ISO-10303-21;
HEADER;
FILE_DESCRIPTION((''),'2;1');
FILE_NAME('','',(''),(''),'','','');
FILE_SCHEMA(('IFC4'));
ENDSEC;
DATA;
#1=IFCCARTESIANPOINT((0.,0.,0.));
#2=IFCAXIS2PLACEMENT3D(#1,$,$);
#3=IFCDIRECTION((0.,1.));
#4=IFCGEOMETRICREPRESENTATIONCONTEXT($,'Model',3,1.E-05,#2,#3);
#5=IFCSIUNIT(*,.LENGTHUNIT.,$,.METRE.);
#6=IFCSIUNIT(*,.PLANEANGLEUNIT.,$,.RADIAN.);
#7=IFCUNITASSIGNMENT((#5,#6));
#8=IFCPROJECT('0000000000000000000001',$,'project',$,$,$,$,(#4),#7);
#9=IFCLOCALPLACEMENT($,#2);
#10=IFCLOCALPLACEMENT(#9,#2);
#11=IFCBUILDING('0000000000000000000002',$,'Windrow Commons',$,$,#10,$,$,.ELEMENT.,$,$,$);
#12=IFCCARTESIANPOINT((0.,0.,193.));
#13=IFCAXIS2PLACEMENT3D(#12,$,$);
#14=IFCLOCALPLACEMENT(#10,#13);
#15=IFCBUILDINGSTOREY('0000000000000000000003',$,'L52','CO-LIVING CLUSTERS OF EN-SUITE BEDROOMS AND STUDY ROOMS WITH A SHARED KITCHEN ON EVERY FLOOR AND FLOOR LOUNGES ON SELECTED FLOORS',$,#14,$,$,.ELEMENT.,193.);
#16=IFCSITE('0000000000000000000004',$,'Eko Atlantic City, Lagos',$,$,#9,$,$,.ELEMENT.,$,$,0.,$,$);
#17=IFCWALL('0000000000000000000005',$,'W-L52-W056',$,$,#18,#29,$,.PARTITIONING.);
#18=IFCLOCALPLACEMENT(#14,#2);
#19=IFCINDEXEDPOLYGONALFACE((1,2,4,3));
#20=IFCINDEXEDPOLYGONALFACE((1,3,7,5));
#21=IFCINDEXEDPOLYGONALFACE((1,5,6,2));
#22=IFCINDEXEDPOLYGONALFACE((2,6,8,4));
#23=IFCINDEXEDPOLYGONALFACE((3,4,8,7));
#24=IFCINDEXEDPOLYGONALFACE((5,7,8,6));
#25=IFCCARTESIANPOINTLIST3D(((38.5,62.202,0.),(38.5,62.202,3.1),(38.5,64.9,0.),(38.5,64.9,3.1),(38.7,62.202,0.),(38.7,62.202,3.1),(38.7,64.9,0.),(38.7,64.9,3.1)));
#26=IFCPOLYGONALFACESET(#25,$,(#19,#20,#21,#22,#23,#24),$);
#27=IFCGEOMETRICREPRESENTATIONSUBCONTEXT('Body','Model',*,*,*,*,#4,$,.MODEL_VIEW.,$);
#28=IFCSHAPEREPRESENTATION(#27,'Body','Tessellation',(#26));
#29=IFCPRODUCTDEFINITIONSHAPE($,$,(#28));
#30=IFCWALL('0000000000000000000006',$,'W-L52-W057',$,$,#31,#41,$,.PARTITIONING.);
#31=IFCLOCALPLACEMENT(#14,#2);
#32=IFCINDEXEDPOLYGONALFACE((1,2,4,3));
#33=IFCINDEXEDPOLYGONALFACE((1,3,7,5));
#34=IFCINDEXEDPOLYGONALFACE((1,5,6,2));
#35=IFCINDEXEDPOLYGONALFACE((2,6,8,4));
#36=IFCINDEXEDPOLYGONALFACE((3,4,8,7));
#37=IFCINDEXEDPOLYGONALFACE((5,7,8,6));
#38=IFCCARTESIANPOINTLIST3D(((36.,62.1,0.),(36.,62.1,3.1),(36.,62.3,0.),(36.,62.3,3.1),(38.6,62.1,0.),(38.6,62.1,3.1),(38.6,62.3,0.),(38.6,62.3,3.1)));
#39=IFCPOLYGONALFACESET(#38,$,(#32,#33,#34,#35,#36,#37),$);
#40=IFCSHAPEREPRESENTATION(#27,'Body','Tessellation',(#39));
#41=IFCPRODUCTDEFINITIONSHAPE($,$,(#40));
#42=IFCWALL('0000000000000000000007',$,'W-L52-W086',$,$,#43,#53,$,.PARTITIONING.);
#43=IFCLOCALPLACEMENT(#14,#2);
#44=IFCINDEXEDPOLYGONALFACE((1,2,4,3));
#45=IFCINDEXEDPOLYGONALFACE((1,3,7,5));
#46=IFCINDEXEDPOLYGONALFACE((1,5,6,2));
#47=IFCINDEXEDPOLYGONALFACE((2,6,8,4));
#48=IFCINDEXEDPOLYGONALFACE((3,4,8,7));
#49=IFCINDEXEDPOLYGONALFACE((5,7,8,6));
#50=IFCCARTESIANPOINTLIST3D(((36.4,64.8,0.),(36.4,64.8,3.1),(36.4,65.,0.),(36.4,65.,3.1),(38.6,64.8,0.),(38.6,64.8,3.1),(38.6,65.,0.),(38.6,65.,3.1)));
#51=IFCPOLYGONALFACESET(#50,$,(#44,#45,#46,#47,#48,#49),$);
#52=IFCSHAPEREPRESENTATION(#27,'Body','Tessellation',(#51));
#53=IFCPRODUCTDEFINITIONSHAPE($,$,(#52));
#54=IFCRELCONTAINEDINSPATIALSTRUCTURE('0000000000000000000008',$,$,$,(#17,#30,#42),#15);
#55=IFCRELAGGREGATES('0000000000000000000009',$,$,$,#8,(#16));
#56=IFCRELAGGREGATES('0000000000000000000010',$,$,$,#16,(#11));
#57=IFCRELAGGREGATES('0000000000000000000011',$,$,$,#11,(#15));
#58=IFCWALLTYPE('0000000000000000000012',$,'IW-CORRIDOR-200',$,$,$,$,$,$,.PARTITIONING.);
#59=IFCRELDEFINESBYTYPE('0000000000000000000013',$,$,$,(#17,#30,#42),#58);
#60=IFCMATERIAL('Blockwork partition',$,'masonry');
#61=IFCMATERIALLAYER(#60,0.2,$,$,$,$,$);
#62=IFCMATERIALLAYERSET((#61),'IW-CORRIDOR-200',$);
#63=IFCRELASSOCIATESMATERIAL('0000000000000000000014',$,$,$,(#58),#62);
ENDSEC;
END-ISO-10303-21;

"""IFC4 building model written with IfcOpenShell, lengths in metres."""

from ifc_helpers import new_model, si_unit, direction, frame, frame_2d, origin, place, context, subcontext, project, spatial, rectangle, extrude, material, layer, layer_set, type_object, element, save


model = new_model("IFC4")

# Units and contexts
model_context = context("Model", 3, precision=1e-05, world=origin(), true_north=direction((0.0, 1.0)))
body_context = subcontext(model_context, "Body", "Model", "MODEL_VIEW")
ifc_project = project(units=[si_unit("LENGTHUNIT", "METRE"), si_unit("PLANEANGLEUNIT", "RADIAN")], contexts=[model_context])

# Site, building, storey
site_placement = place(None, origin())
site = spatial("IfcSite", under=ifc_project, at=site_placement, Name="Eko Atlantic City, Lagos", CompositionType="ELEMENT", RefElevation=0.0)
building_placement = place(site_placement, origin())
building = spatial("IfcBuilding", under=site, at=building_placement, Name="Windrow Commons", CompositionType="ELEMENT")
storey_placement = place(building_placement, frame((0.0, 0.0, 193.0)))
storey = spatial("IfcBuildingStorey", under=building, at=storey_placement, Name="L52", Description="CO-LIVING CLUSTERS OF EN-SUITE BEDROOMS AND STUDY ROOMS WITH A SHARED KITCHEN ON EVERY FLOOR AND FLOOR LOUNGES ON SELECTED FLOORS", CompositionType="ELEMENT", Elevation=193.0)

# Walls
ifc_material_1 = material(Name="Blockwork partition", Category="masonry")
ifc_layer_1 = layer(ifc_material_1, 0.2)
ifc_layer_set_1 = layer_set([ifc_layer_1], Name="IW-CORRIDOR-200")
wall_type_1 = type_object("IfcWallType", Name="IW-CORRIDOR-200", PredefinedType="PARTITIONING", material=ifc_layer_set_1)
wall_1_placement = place(storey_placement, frame((38.6, 62.202, 0.0), z_axis=(0.0, 0.0, 1.0), x_axis=(0.0, 1.0, 0.0)))
element("IfcWall", 1, at=wall_1_placement, inside=storey, type_object=wall_type_1, Name="W-L52-W056", PredefinedType="PARTITIONING", context=body_context, shape_type="SweptSolid", body=[
    extrude(rectangle(XDim=2.698, YDim=0.2, at=frame_2d((1.349, 0.0))), origin(), (0.0, 0.0, 1.0), 3.1),
])
wall_2_placement = place(storey_placement, frame((36.0, 62.2, 0.0), z_axis=(0.0, 0.0, 1.0), x_axis=(1.0, 0.0, 0.0)))
element("IfcWall", 2, at=wall_2_placement, inside=storey, type_object=wall_type_1, Name="W-L52-W057", PredefinedType="PARTITIONING", context=body_context, shape_type="SweptSolid", body=[
    extrude(rectangle(XDim=2.6, YDim=0.2, at=frame_2d((1.3, 0.0))), origin(), (0.0, 0.0, 1.0), 3.1),
])
wall_3_placement = place(storey_placement, frame((36.4, 64.9, 0.0), z_axis=(0.0, 0.0, 1.0), x_axis=(1.0, 0.0, 0.0)))
element("IfcWall", 3, at=wall_3_placement, inside=storey, type_object=wall_type_1, Name="W-L52-W086", PredefinedType="PARTITIONING", context=body_context, shape_type="SweptSolid", body=[
    extrude(rectangle(XDim=2.2, YDim=0.2, at=frame_2d((1.1, 0.0))), origin(), (0.0, 0.0, 1.0), 3.1),
])

save(model, "model.ifc")
